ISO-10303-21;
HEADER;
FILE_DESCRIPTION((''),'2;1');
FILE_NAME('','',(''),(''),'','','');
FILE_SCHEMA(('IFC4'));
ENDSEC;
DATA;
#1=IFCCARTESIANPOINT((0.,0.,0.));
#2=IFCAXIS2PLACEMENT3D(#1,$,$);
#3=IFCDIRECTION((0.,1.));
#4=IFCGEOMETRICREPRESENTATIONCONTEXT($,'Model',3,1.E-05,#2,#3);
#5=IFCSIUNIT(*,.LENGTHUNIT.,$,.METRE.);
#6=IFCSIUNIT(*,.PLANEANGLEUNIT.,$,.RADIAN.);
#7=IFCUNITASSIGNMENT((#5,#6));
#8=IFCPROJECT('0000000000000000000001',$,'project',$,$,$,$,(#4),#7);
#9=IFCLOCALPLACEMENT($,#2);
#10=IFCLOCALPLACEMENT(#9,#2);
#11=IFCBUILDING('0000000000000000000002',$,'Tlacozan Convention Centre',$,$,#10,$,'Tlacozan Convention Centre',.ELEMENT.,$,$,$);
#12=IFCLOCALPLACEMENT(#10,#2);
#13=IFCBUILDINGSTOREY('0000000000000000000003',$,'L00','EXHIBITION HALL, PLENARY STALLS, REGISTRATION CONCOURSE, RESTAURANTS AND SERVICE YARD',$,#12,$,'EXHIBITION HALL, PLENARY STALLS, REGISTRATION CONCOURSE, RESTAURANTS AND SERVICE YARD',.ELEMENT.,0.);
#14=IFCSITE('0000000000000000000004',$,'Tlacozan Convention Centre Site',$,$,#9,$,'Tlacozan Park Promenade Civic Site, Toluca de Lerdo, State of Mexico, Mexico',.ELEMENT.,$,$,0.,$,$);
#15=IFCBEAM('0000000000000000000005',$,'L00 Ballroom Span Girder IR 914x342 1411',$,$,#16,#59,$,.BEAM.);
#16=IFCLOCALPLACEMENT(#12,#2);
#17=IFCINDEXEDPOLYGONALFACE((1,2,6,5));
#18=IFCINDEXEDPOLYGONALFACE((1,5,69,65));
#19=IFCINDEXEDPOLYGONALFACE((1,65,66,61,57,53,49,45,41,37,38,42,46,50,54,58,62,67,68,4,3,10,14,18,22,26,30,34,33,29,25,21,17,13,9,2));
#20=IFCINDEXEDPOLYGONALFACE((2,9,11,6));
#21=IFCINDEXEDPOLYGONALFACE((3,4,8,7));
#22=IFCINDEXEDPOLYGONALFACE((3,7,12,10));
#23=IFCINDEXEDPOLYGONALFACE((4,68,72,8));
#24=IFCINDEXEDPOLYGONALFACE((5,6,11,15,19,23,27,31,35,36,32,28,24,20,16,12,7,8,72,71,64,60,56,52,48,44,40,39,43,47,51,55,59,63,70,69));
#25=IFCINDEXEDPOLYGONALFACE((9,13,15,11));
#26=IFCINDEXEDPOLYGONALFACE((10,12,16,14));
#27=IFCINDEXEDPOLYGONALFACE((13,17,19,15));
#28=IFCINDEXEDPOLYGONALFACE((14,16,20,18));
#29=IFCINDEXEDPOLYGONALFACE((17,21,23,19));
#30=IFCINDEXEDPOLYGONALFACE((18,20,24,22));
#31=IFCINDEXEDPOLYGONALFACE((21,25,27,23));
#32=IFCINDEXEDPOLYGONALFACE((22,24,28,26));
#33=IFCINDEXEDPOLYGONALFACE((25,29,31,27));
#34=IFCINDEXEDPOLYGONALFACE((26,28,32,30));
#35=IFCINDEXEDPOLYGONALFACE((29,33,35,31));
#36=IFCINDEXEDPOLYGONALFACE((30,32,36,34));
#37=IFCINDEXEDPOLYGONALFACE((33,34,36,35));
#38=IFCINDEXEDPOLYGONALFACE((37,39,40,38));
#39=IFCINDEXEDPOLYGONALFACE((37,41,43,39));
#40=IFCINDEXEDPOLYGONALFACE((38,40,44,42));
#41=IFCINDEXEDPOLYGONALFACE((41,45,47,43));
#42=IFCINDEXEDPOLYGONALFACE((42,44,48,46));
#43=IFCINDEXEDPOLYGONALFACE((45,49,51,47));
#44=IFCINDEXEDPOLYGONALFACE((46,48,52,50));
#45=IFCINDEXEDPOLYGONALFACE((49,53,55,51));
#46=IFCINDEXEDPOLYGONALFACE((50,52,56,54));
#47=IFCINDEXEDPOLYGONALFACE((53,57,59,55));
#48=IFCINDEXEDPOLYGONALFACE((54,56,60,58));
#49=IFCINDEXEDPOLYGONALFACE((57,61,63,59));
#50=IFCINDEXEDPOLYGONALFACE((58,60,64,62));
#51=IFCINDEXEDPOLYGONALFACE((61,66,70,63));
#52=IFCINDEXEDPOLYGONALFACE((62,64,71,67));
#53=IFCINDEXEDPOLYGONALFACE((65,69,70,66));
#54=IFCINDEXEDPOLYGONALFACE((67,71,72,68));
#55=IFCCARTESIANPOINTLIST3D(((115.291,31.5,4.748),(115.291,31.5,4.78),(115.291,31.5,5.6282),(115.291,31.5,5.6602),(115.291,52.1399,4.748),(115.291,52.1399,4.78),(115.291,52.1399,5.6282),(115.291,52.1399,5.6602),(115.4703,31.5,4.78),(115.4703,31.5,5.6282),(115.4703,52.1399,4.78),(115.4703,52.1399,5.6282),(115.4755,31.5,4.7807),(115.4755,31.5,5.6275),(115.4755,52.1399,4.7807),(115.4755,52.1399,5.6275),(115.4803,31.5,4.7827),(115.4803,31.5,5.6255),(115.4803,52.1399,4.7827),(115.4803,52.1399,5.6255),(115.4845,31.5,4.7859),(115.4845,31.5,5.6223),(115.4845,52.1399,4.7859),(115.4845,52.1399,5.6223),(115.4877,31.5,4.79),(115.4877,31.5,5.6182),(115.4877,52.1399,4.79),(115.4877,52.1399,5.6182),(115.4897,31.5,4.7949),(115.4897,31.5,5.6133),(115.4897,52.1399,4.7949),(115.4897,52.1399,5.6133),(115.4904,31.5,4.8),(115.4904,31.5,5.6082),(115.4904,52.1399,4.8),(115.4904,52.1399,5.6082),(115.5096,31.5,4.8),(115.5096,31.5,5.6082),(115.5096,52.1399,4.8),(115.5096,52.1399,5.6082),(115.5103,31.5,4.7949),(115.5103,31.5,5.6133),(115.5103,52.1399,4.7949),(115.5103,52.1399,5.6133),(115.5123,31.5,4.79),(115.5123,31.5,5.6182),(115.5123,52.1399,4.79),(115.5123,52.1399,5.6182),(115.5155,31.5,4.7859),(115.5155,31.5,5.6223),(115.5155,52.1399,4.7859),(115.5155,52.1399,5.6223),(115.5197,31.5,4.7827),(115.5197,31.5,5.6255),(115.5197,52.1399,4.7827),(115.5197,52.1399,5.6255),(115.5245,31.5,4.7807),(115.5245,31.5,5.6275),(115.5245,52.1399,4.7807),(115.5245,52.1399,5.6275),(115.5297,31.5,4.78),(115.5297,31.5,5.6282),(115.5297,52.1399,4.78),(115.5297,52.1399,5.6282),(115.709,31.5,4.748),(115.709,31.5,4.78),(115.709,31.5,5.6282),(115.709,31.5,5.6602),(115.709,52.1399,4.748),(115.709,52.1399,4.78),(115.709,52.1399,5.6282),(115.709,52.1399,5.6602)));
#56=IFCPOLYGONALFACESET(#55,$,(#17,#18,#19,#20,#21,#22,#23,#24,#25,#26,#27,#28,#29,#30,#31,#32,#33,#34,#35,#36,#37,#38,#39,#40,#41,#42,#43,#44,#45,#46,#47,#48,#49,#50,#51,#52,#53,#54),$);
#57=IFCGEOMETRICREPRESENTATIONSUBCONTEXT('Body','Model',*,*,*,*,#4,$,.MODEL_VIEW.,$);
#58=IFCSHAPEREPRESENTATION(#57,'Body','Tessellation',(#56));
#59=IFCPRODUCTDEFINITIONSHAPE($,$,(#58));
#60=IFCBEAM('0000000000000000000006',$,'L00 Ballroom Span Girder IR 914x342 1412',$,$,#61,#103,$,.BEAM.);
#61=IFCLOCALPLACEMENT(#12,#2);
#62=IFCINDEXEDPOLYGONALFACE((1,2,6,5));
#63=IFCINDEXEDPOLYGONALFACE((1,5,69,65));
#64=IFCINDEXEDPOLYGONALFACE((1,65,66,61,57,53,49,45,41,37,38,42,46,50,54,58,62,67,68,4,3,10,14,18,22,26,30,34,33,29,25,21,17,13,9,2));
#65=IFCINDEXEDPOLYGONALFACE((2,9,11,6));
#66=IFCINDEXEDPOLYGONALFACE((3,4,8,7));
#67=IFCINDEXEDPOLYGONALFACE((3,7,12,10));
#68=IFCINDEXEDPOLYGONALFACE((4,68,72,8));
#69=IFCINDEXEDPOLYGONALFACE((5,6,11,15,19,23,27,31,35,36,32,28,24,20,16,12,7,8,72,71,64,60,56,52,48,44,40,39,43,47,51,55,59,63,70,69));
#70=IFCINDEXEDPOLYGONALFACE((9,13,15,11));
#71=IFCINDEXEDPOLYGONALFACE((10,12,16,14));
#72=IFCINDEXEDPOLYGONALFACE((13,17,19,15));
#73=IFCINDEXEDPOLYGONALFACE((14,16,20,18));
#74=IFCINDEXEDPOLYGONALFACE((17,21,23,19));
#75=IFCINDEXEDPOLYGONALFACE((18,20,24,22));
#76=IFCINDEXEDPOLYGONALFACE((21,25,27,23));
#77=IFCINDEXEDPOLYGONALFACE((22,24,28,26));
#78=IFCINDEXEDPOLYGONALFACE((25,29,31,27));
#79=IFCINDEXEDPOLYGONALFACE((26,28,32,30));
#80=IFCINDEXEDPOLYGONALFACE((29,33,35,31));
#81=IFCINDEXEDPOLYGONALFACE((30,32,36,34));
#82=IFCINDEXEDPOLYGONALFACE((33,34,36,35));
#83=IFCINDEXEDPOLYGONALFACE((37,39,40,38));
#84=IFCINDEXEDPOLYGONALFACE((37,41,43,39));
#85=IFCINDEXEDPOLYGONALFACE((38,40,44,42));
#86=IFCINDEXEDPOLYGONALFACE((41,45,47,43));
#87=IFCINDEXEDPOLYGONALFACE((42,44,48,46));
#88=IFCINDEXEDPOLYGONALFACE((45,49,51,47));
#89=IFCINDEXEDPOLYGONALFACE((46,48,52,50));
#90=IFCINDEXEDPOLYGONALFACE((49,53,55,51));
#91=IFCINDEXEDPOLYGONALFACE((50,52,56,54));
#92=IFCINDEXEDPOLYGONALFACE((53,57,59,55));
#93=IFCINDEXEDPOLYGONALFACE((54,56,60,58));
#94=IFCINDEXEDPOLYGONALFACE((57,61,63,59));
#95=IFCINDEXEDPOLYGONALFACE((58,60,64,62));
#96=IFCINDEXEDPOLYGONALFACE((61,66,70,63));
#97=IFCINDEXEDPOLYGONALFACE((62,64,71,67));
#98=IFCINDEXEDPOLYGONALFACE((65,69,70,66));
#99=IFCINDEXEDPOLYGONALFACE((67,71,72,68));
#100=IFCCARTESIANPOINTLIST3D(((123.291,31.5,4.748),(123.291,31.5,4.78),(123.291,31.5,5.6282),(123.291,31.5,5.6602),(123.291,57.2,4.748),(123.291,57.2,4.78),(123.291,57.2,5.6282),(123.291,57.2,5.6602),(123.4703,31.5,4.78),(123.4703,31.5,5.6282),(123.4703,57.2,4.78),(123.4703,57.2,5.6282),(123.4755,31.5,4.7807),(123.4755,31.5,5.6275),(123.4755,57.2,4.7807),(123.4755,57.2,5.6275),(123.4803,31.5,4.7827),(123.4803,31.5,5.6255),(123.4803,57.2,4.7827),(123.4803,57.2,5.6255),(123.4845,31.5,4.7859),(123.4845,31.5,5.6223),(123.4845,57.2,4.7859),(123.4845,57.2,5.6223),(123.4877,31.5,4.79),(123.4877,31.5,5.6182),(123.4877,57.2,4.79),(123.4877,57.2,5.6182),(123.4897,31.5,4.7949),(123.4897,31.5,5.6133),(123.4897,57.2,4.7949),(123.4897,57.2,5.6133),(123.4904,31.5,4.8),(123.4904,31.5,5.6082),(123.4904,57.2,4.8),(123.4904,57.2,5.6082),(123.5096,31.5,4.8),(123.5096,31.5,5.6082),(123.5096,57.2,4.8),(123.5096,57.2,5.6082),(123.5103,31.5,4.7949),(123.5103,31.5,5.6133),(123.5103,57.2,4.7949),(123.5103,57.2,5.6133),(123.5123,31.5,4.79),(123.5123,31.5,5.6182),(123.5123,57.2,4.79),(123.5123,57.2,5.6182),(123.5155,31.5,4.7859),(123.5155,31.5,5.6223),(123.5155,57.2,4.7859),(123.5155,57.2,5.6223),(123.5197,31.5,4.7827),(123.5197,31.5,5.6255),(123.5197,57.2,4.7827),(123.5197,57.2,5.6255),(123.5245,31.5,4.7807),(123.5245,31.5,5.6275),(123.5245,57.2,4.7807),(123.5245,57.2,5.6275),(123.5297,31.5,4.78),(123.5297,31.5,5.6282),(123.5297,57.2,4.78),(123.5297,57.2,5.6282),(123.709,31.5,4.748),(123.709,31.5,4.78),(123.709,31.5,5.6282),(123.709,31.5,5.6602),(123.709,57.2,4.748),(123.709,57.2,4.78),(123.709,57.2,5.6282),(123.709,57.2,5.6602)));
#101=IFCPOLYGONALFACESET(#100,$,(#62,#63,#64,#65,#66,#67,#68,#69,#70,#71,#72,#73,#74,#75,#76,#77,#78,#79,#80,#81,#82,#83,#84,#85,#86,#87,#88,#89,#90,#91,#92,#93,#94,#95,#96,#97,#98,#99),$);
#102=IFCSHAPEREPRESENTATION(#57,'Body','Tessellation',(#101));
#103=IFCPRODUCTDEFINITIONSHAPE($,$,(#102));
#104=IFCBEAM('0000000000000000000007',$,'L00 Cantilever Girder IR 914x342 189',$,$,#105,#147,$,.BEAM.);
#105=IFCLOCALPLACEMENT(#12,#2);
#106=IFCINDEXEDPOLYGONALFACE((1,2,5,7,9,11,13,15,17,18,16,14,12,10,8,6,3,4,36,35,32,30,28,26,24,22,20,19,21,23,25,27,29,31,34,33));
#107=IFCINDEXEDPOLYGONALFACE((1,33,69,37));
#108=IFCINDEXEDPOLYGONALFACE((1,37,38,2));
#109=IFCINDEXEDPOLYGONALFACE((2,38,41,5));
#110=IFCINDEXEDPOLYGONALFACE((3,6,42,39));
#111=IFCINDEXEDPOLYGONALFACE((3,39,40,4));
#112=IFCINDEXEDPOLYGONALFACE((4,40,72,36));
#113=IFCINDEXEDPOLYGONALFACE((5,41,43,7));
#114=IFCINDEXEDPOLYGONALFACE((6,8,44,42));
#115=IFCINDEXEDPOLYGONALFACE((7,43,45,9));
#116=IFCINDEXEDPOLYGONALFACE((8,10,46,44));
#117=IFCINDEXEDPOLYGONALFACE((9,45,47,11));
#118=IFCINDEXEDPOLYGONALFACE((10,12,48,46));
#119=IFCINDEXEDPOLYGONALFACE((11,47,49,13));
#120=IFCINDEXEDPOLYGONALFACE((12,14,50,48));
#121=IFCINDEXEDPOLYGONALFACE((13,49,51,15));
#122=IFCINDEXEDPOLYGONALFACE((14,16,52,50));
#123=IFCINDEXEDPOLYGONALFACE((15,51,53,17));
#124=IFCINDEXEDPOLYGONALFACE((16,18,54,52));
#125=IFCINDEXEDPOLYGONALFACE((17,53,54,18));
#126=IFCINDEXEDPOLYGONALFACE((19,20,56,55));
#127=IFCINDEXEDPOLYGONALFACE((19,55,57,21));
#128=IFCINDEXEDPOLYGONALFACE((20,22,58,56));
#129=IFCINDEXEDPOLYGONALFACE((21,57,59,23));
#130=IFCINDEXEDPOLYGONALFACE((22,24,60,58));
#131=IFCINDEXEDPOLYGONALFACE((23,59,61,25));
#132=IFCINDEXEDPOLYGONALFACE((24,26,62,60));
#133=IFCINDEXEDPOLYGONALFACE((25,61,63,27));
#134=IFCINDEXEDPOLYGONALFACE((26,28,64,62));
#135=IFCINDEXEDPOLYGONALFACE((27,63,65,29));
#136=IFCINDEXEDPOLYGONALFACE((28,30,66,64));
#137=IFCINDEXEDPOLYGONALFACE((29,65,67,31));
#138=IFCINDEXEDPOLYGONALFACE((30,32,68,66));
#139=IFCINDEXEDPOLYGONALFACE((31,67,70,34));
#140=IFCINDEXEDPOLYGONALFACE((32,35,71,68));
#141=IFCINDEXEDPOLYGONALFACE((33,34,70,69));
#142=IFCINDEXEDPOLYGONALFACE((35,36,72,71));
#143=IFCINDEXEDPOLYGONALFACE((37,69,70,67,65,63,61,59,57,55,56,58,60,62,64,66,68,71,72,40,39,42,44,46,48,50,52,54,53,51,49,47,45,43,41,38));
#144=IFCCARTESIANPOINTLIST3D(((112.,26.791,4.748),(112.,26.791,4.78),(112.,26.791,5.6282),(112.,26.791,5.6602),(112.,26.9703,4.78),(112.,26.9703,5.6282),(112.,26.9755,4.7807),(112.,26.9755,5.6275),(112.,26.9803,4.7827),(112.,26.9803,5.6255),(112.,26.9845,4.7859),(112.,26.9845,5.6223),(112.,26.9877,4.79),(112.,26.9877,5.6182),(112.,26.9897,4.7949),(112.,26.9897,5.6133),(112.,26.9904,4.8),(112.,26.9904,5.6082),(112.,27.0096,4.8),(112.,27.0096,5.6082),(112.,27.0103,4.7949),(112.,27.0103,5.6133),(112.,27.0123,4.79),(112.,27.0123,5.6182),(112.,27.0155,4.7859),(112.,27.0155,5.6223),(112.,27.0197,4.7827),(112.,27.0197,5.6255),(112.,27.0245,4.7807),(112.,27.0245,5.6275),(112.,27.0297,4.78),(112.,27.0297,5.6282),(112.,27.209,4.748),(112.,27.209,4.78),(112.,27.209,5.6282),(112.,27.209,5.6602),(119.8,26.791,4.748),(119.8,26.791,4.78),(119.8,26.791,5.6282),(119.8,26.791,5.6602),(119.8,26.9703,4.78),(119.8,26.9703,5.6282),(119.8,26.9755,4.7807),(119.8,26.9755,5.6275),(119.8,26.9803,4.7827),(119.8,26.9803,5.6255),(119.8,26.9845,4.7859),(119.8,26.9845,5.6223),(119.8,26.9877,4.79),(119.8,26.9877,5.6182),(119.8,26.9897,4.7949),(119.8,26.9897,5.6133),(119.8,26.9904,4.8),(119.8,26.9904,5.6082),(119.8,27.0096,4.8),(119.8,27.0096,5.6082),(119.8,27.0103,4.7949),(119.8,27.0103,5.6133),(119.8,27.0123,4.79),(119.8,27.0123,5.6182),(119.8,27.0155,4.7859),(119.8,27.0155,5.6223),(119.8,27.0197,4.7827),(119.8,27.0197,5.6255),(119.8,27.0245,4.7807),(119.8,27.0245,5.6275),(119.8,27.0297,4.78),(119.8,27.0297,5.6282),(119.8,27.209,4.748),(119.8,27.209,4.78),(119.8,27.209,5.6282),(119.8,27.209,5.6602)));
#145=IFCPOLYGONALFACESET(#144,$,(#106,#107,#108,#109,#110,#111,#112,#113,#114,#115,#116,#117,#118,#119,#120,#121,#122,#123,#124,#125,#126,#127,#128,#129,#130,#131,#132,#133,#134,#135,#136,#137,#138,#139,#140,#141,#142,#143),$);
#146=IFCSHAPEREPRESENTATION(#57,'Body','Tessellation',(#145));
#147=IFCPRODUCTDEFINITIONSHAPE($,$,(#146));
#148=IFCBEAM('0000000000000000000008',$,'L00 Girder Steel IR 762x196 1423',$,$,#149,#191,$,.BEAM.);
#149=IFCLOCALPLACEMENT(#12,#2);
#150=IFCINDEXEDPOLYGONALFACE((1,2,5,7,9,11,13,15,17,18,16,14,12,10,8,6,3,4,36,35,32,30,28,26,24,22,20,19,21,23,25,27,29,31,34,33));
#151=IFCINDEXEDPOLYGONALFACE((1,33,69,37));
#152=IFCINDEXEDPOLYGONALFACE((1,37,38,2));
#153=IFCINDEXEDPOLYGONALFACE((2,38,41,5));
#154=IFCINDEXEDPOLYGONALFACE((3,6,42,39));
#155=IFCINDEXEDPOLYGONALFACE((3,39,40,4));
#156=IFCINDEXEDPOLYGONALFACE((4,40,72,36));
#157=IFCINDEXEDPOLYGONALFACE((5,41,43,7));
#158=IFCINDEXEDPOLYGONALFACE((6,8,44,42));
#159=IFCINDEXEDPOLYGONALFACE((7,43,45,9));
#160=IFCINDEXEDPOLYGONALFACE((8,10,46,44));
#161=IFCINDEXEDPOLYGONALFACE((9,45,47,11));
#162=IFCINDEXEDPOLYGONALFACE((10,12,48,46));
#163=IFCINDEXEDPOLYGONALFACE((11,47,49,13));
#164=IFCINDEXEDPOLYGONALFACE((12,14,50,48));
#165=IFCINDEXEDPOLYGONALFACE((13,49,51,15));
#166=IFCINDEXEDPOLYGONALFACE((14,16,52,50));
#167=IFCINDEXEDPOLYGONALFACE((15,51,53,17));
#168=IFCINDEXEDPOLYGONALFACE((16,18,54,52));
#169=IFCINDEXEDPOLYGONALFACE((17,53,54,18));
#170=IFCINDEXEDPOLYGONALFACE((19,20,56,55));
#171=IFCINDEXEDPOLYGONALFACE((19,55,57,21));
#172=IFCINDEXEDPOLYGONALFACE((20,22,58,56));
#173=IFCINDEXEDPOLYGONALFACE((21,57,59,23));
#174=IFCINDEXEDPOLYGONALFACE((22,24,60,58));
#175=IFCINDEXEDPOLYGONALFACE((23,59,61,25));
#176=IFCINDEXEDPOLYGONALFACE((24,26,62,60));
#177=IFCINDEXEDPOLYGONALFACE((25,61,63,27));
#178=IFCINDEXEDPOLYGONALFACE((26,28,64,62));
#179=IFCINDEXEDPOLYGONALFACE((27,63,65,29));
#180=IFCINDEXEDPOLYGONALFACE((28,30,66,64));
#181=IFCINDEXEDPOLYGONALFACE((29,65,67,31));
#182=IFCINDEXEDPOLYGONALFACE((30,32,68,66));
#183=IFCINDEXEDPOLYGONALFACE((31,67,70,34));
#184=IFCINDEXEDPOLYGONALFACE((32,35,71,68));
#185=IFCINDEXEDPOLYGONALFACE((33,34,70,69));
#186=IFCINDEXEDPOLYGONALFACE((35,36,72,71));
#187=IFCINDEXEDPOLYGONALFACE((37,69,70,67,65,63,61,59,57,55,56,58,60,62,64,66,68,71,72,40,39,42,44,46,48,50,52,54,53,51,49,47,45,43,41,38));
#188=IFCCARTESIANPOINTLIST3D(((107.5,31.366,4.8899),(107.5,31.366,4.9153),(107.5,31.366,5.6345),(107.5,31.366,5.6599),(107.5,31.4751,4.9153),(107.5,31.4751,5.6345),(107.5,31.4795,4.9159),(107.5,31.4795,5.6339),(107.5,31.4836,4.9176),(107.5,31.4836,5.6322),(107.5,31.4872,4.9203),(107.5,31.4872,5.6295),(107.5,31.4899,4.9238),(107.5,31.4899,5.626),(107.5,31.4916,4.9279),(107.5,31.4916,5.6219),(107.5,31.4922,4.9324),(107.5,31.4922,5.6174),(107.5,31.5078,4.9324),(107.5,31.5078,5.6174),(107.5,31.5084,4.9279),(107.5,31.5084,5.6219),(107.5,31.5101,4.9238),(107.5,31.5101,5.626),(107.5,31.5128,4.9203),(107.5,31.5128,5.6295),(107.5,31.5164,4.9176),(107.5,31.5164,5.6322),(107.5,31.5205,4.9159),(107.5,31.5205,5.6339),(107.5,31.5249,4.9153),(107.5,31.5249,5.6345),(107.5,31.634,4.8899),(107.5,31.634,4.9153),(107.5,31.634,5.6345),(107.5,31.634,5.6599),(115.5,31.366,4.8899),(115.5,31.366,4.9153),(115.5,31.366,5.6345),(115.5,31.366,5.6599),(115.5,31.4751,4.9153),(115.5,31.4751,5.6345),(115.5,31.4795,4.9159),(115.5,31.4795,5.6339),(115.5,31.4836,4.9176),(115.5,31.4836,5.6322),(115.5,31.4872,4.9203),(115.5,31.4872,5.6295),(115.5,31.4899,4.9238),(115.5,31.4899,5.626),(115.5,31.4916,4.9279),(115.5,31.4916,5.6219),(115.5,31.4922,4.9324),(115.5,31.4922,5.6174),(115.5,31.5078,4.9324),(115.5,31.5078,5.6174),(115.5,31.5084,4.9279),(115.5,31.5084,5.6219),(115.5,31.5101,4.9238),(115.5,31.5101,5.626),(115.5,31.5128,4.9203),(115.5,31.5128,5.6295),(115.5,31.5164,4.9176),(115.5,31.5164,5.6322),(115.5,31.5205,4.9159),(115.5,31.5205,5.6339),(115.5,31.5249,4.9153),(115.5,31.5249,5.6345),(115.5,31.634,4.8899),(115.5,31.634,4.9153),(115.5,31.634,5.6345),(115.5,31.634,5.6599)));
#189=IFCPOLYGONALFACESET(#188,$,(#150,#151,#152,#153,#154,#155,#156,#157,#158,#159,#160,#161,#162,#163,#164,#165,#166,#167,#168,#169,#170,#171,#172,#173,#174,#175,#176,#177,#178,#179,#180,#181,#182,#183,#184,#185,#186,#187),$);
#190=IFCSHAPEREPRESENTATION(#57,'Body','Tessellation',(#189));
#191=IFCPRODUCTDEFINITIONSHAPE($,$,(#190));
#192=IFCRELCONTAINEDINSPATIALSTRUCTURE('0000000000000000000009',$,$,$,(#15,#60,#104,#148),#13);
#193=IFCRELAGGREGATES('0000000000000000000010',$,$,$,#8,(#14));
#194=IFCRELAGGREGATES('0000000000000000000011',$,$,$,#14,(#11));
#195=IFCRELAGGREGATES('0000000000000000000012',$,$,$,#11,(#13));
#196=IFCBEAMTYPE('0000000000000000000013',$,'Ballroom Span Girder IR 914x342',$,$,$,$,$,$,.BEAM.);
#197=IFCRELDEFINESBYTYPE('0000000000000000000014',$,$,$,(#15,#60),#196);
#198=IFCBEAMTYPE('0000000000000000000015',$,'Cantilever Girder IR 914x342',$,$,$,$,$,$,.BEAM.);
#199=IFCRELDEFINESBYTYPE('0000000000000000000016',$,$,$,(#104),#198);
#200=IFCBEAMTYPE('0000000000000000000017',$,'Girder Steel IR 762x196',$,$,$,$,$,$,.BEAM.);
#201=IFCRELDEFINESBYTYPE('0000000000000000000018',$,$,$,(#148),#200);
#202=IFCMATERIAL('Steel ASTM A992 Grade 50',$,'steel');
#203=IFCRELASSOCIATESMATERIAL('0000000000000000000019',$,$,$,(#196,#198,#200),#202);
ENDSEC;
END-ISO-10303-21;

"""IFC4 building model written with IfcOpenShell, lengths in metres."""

from ifc_helpers import new_model, si_unit, direction, frame, origin, origin_2d, place, context, subcontext, project, spatial, i_section, extrude, material, material_profile, profile_set, type_object, element, save


model = new_model("IFC4")

# Units and contexts
model_context = context("Model", 3, precision=1e-05, world=origin(), true_north=direction((0.0, 1.0)))
body_context = subcontext(model_context, "Body", "Model", "MODEL_VIEW")
ifc_project = project(units=[si_unit("LENGTHUNIT", "METRE"), si_unit("PLANEANGLEUNIT", "RADIAN")], contexts=[model_context])

# Site, building, storey
site_placement = place(None, origin())
site = spatial("IfcSite", under=ifc_project, at=site_placement, Name="Tlacozan Convention Centre Site", LongName="Tlacozan Park Promenade Civic Site, Toluca de Lerdo, State of Mexico, Mexico", CompositionType="ELEMENT", RefElevation=0.0)
building_placement = place(site_placement, origin())
building = spatial("IfcBuilding", under=site, at=building_placement, Name="Tlacozan Convention Centre", LongName="Tlacozan Convention Centre", CompositionType="ELEMENT")
storey_placement = place(building_placement, origin())
storey = spatial("IfcBuildingStorey", under=building, at=storey_placement, Name="L00", Description="EXHIBITION HALL, PLENARY STALLS, REGISTRATION CONCOURSE, RESTAURANTS AND SERVICE YARD", LongName="EXHIBITION HALL, PLENARY STALLS, REGISTRATION CONCOURSE, RESTAURANTS AND SERVICE YARD", CompositionType="ELEMENT", Elevation=0.0)

# Beams
ifc_material_1 = material(Name="Steel ASTM A992 Grade 50", Category="steel")
ifc_material_profile_1 = material_profile(ifc_material_1, i_section(OverallWidth=0.418, OverallDepth=0.9121, WebThickness=0.0193, FlangeThickness=0.032, FilletRadius=0.02, at=origin_2d()), Name="IR 914x342.0")
ifc_profile_set_1 = profile_set([ifc_material_profile_1], Name="Steel ASTM A992 Grade 50")
beam_type_1 = type_object("IfcBeamType", Name="Ballroom Span Girder IR 914x342", PredefinedType="BEAM", material=ifc_profile_set_1)
for number, where, z_axis, x_axis, name in (
    (1, (115.5, 31.5, 5.2041), (0.0, 1.0, 0.0), (-1.0, 0.0, 0.0), "L00 Ballroom Span Girder IR 914x342 1411"),
):
    element("IfcBeam", number, at=place(storey_placement, frame(where, z_axis=z_axis, x_axis=x_axis)), inside=storey, type_object=beam_type_1, Name=name, PredefinedType="BEAM", context=body_context, shape_type="SweptSolid", body=[
        extrude(i_section(OverallWidth=0.418, OverallDepth=0.9121, WebThickness=0.0193, FlangeThickness=0.032, FilletRadius=0.02, at=origin_2d()), origin(), (0.0, 0.0, 1.0), 20.6399),
    ])
beam_1_placement = place(storey_placement, frame((123.5, 31.5, 5.2041), z_axis=(0.0, 1.0, 0.0), x_axis=(-1.0, 0.0, 0.0)))
element("IfcBeam", 2, at=beam_1_placement, inside=storey, type_object=beam_type_1, Name="L00 Ballroom Span Girder IR 914x342 1412", PredefinedType="BEAM", context=body_context, shape_type="SweptSolid", body=[
    extrude(i_section(OverallWidth=0.418, OverallDepth=0.9121, WebThickness=0.0193, FlangeThickness=0.032, FilletRadius=0.02, at=origin_2d()), origin(), (0.0, 0.0, 1.0), 25.7),
])
ifc_material_profile_2 = material_profile(ifc_material_1, i_section(OverallWidth=0.418, OverallDepth=0.9121, WebThickness=0.0193, FlangeThickness=0.032, FilletRadius=0.02, at=origin_2d()), Name="IR 914x342.0")
ifc_profile_set_2 = profile_set([ifc_material_profile_2], Name="Steel ASTM A992 Grade 50")
beam_type_2 = type_object("IfcBeamType", Name="Cantilever Girder IR 914x342", PredefinedType="BEAM", material=ifc_profile_set_2)
beam_2_placement = place(storey_placement, frame((112.0, 27.0, 5.2041), z_axis=(1.0, 0.0, 0.0), x_axis=(0.0, 1.0, 0.0)))
element("IfcBeam", 3, at=beam_2_placement, inside=storey, type_object=beam_type_2, Name="L00 Cantilever Girder IR 914x342 189", PredefinedType="BEAM", context=body_context, shape_type="SweptSolid", body=[
    extrude(i_section(OverallWidth=0.418, OverallDepth=0.9121, WebThickness=0.0193, FlangeThickness=0.032, FilletRadius=0.02, at=origin_2d()), origin(), (0.0, 0.0, 1.0), 7.8),
])
ifc_material_profile_3 = material_profile(ifc_material_1, i_section(OverallWidth=0.2681, OverallDepth=0.77, WebThickness=0.0156, FlangeThickness=0.0254, FilletRadius=0.0171, at=origin_2d()), Name="IR 762x196.0")
ifc_profile_set_3 = profile_set([ifc_material_profile_3], Name="Steel ASTM A992 Grade 50")
beam_type_3 = type_object("IfcBeamType", Name="Girder Steel IR 762x196", PredefinedType="BEAM", material=ifc_profile_set_3)
for number, where, z_axis, x_axis, name in (
    (4, (107.5, 31.5, 5.2749), (1.0, 0.0, 0.0), (0.0, 1.0, 0.0), "L00 Girder Steel IR 762x196 1423"),
):
    element("IfcBeam", number, at=place(storey_placement, frame(where, z_axis=z_axis, x_axis=x_axis)), inside=storey, type_object=beam_type_3, Name=name, PredefinedType="BEAM", context=body_context, shape_type="SweptSolid", body=[
        extrude(i_section(OverallWidth=0.2681, OverallDepth=0.77, WebThickness=0.0156, FlangeThickness=0.0254, FilletRadius=0.0171, at=origin_2d()), origin(), (0.0, 0.0, 1.0), 8.0),
    ])

save(model, "model.ifc")
